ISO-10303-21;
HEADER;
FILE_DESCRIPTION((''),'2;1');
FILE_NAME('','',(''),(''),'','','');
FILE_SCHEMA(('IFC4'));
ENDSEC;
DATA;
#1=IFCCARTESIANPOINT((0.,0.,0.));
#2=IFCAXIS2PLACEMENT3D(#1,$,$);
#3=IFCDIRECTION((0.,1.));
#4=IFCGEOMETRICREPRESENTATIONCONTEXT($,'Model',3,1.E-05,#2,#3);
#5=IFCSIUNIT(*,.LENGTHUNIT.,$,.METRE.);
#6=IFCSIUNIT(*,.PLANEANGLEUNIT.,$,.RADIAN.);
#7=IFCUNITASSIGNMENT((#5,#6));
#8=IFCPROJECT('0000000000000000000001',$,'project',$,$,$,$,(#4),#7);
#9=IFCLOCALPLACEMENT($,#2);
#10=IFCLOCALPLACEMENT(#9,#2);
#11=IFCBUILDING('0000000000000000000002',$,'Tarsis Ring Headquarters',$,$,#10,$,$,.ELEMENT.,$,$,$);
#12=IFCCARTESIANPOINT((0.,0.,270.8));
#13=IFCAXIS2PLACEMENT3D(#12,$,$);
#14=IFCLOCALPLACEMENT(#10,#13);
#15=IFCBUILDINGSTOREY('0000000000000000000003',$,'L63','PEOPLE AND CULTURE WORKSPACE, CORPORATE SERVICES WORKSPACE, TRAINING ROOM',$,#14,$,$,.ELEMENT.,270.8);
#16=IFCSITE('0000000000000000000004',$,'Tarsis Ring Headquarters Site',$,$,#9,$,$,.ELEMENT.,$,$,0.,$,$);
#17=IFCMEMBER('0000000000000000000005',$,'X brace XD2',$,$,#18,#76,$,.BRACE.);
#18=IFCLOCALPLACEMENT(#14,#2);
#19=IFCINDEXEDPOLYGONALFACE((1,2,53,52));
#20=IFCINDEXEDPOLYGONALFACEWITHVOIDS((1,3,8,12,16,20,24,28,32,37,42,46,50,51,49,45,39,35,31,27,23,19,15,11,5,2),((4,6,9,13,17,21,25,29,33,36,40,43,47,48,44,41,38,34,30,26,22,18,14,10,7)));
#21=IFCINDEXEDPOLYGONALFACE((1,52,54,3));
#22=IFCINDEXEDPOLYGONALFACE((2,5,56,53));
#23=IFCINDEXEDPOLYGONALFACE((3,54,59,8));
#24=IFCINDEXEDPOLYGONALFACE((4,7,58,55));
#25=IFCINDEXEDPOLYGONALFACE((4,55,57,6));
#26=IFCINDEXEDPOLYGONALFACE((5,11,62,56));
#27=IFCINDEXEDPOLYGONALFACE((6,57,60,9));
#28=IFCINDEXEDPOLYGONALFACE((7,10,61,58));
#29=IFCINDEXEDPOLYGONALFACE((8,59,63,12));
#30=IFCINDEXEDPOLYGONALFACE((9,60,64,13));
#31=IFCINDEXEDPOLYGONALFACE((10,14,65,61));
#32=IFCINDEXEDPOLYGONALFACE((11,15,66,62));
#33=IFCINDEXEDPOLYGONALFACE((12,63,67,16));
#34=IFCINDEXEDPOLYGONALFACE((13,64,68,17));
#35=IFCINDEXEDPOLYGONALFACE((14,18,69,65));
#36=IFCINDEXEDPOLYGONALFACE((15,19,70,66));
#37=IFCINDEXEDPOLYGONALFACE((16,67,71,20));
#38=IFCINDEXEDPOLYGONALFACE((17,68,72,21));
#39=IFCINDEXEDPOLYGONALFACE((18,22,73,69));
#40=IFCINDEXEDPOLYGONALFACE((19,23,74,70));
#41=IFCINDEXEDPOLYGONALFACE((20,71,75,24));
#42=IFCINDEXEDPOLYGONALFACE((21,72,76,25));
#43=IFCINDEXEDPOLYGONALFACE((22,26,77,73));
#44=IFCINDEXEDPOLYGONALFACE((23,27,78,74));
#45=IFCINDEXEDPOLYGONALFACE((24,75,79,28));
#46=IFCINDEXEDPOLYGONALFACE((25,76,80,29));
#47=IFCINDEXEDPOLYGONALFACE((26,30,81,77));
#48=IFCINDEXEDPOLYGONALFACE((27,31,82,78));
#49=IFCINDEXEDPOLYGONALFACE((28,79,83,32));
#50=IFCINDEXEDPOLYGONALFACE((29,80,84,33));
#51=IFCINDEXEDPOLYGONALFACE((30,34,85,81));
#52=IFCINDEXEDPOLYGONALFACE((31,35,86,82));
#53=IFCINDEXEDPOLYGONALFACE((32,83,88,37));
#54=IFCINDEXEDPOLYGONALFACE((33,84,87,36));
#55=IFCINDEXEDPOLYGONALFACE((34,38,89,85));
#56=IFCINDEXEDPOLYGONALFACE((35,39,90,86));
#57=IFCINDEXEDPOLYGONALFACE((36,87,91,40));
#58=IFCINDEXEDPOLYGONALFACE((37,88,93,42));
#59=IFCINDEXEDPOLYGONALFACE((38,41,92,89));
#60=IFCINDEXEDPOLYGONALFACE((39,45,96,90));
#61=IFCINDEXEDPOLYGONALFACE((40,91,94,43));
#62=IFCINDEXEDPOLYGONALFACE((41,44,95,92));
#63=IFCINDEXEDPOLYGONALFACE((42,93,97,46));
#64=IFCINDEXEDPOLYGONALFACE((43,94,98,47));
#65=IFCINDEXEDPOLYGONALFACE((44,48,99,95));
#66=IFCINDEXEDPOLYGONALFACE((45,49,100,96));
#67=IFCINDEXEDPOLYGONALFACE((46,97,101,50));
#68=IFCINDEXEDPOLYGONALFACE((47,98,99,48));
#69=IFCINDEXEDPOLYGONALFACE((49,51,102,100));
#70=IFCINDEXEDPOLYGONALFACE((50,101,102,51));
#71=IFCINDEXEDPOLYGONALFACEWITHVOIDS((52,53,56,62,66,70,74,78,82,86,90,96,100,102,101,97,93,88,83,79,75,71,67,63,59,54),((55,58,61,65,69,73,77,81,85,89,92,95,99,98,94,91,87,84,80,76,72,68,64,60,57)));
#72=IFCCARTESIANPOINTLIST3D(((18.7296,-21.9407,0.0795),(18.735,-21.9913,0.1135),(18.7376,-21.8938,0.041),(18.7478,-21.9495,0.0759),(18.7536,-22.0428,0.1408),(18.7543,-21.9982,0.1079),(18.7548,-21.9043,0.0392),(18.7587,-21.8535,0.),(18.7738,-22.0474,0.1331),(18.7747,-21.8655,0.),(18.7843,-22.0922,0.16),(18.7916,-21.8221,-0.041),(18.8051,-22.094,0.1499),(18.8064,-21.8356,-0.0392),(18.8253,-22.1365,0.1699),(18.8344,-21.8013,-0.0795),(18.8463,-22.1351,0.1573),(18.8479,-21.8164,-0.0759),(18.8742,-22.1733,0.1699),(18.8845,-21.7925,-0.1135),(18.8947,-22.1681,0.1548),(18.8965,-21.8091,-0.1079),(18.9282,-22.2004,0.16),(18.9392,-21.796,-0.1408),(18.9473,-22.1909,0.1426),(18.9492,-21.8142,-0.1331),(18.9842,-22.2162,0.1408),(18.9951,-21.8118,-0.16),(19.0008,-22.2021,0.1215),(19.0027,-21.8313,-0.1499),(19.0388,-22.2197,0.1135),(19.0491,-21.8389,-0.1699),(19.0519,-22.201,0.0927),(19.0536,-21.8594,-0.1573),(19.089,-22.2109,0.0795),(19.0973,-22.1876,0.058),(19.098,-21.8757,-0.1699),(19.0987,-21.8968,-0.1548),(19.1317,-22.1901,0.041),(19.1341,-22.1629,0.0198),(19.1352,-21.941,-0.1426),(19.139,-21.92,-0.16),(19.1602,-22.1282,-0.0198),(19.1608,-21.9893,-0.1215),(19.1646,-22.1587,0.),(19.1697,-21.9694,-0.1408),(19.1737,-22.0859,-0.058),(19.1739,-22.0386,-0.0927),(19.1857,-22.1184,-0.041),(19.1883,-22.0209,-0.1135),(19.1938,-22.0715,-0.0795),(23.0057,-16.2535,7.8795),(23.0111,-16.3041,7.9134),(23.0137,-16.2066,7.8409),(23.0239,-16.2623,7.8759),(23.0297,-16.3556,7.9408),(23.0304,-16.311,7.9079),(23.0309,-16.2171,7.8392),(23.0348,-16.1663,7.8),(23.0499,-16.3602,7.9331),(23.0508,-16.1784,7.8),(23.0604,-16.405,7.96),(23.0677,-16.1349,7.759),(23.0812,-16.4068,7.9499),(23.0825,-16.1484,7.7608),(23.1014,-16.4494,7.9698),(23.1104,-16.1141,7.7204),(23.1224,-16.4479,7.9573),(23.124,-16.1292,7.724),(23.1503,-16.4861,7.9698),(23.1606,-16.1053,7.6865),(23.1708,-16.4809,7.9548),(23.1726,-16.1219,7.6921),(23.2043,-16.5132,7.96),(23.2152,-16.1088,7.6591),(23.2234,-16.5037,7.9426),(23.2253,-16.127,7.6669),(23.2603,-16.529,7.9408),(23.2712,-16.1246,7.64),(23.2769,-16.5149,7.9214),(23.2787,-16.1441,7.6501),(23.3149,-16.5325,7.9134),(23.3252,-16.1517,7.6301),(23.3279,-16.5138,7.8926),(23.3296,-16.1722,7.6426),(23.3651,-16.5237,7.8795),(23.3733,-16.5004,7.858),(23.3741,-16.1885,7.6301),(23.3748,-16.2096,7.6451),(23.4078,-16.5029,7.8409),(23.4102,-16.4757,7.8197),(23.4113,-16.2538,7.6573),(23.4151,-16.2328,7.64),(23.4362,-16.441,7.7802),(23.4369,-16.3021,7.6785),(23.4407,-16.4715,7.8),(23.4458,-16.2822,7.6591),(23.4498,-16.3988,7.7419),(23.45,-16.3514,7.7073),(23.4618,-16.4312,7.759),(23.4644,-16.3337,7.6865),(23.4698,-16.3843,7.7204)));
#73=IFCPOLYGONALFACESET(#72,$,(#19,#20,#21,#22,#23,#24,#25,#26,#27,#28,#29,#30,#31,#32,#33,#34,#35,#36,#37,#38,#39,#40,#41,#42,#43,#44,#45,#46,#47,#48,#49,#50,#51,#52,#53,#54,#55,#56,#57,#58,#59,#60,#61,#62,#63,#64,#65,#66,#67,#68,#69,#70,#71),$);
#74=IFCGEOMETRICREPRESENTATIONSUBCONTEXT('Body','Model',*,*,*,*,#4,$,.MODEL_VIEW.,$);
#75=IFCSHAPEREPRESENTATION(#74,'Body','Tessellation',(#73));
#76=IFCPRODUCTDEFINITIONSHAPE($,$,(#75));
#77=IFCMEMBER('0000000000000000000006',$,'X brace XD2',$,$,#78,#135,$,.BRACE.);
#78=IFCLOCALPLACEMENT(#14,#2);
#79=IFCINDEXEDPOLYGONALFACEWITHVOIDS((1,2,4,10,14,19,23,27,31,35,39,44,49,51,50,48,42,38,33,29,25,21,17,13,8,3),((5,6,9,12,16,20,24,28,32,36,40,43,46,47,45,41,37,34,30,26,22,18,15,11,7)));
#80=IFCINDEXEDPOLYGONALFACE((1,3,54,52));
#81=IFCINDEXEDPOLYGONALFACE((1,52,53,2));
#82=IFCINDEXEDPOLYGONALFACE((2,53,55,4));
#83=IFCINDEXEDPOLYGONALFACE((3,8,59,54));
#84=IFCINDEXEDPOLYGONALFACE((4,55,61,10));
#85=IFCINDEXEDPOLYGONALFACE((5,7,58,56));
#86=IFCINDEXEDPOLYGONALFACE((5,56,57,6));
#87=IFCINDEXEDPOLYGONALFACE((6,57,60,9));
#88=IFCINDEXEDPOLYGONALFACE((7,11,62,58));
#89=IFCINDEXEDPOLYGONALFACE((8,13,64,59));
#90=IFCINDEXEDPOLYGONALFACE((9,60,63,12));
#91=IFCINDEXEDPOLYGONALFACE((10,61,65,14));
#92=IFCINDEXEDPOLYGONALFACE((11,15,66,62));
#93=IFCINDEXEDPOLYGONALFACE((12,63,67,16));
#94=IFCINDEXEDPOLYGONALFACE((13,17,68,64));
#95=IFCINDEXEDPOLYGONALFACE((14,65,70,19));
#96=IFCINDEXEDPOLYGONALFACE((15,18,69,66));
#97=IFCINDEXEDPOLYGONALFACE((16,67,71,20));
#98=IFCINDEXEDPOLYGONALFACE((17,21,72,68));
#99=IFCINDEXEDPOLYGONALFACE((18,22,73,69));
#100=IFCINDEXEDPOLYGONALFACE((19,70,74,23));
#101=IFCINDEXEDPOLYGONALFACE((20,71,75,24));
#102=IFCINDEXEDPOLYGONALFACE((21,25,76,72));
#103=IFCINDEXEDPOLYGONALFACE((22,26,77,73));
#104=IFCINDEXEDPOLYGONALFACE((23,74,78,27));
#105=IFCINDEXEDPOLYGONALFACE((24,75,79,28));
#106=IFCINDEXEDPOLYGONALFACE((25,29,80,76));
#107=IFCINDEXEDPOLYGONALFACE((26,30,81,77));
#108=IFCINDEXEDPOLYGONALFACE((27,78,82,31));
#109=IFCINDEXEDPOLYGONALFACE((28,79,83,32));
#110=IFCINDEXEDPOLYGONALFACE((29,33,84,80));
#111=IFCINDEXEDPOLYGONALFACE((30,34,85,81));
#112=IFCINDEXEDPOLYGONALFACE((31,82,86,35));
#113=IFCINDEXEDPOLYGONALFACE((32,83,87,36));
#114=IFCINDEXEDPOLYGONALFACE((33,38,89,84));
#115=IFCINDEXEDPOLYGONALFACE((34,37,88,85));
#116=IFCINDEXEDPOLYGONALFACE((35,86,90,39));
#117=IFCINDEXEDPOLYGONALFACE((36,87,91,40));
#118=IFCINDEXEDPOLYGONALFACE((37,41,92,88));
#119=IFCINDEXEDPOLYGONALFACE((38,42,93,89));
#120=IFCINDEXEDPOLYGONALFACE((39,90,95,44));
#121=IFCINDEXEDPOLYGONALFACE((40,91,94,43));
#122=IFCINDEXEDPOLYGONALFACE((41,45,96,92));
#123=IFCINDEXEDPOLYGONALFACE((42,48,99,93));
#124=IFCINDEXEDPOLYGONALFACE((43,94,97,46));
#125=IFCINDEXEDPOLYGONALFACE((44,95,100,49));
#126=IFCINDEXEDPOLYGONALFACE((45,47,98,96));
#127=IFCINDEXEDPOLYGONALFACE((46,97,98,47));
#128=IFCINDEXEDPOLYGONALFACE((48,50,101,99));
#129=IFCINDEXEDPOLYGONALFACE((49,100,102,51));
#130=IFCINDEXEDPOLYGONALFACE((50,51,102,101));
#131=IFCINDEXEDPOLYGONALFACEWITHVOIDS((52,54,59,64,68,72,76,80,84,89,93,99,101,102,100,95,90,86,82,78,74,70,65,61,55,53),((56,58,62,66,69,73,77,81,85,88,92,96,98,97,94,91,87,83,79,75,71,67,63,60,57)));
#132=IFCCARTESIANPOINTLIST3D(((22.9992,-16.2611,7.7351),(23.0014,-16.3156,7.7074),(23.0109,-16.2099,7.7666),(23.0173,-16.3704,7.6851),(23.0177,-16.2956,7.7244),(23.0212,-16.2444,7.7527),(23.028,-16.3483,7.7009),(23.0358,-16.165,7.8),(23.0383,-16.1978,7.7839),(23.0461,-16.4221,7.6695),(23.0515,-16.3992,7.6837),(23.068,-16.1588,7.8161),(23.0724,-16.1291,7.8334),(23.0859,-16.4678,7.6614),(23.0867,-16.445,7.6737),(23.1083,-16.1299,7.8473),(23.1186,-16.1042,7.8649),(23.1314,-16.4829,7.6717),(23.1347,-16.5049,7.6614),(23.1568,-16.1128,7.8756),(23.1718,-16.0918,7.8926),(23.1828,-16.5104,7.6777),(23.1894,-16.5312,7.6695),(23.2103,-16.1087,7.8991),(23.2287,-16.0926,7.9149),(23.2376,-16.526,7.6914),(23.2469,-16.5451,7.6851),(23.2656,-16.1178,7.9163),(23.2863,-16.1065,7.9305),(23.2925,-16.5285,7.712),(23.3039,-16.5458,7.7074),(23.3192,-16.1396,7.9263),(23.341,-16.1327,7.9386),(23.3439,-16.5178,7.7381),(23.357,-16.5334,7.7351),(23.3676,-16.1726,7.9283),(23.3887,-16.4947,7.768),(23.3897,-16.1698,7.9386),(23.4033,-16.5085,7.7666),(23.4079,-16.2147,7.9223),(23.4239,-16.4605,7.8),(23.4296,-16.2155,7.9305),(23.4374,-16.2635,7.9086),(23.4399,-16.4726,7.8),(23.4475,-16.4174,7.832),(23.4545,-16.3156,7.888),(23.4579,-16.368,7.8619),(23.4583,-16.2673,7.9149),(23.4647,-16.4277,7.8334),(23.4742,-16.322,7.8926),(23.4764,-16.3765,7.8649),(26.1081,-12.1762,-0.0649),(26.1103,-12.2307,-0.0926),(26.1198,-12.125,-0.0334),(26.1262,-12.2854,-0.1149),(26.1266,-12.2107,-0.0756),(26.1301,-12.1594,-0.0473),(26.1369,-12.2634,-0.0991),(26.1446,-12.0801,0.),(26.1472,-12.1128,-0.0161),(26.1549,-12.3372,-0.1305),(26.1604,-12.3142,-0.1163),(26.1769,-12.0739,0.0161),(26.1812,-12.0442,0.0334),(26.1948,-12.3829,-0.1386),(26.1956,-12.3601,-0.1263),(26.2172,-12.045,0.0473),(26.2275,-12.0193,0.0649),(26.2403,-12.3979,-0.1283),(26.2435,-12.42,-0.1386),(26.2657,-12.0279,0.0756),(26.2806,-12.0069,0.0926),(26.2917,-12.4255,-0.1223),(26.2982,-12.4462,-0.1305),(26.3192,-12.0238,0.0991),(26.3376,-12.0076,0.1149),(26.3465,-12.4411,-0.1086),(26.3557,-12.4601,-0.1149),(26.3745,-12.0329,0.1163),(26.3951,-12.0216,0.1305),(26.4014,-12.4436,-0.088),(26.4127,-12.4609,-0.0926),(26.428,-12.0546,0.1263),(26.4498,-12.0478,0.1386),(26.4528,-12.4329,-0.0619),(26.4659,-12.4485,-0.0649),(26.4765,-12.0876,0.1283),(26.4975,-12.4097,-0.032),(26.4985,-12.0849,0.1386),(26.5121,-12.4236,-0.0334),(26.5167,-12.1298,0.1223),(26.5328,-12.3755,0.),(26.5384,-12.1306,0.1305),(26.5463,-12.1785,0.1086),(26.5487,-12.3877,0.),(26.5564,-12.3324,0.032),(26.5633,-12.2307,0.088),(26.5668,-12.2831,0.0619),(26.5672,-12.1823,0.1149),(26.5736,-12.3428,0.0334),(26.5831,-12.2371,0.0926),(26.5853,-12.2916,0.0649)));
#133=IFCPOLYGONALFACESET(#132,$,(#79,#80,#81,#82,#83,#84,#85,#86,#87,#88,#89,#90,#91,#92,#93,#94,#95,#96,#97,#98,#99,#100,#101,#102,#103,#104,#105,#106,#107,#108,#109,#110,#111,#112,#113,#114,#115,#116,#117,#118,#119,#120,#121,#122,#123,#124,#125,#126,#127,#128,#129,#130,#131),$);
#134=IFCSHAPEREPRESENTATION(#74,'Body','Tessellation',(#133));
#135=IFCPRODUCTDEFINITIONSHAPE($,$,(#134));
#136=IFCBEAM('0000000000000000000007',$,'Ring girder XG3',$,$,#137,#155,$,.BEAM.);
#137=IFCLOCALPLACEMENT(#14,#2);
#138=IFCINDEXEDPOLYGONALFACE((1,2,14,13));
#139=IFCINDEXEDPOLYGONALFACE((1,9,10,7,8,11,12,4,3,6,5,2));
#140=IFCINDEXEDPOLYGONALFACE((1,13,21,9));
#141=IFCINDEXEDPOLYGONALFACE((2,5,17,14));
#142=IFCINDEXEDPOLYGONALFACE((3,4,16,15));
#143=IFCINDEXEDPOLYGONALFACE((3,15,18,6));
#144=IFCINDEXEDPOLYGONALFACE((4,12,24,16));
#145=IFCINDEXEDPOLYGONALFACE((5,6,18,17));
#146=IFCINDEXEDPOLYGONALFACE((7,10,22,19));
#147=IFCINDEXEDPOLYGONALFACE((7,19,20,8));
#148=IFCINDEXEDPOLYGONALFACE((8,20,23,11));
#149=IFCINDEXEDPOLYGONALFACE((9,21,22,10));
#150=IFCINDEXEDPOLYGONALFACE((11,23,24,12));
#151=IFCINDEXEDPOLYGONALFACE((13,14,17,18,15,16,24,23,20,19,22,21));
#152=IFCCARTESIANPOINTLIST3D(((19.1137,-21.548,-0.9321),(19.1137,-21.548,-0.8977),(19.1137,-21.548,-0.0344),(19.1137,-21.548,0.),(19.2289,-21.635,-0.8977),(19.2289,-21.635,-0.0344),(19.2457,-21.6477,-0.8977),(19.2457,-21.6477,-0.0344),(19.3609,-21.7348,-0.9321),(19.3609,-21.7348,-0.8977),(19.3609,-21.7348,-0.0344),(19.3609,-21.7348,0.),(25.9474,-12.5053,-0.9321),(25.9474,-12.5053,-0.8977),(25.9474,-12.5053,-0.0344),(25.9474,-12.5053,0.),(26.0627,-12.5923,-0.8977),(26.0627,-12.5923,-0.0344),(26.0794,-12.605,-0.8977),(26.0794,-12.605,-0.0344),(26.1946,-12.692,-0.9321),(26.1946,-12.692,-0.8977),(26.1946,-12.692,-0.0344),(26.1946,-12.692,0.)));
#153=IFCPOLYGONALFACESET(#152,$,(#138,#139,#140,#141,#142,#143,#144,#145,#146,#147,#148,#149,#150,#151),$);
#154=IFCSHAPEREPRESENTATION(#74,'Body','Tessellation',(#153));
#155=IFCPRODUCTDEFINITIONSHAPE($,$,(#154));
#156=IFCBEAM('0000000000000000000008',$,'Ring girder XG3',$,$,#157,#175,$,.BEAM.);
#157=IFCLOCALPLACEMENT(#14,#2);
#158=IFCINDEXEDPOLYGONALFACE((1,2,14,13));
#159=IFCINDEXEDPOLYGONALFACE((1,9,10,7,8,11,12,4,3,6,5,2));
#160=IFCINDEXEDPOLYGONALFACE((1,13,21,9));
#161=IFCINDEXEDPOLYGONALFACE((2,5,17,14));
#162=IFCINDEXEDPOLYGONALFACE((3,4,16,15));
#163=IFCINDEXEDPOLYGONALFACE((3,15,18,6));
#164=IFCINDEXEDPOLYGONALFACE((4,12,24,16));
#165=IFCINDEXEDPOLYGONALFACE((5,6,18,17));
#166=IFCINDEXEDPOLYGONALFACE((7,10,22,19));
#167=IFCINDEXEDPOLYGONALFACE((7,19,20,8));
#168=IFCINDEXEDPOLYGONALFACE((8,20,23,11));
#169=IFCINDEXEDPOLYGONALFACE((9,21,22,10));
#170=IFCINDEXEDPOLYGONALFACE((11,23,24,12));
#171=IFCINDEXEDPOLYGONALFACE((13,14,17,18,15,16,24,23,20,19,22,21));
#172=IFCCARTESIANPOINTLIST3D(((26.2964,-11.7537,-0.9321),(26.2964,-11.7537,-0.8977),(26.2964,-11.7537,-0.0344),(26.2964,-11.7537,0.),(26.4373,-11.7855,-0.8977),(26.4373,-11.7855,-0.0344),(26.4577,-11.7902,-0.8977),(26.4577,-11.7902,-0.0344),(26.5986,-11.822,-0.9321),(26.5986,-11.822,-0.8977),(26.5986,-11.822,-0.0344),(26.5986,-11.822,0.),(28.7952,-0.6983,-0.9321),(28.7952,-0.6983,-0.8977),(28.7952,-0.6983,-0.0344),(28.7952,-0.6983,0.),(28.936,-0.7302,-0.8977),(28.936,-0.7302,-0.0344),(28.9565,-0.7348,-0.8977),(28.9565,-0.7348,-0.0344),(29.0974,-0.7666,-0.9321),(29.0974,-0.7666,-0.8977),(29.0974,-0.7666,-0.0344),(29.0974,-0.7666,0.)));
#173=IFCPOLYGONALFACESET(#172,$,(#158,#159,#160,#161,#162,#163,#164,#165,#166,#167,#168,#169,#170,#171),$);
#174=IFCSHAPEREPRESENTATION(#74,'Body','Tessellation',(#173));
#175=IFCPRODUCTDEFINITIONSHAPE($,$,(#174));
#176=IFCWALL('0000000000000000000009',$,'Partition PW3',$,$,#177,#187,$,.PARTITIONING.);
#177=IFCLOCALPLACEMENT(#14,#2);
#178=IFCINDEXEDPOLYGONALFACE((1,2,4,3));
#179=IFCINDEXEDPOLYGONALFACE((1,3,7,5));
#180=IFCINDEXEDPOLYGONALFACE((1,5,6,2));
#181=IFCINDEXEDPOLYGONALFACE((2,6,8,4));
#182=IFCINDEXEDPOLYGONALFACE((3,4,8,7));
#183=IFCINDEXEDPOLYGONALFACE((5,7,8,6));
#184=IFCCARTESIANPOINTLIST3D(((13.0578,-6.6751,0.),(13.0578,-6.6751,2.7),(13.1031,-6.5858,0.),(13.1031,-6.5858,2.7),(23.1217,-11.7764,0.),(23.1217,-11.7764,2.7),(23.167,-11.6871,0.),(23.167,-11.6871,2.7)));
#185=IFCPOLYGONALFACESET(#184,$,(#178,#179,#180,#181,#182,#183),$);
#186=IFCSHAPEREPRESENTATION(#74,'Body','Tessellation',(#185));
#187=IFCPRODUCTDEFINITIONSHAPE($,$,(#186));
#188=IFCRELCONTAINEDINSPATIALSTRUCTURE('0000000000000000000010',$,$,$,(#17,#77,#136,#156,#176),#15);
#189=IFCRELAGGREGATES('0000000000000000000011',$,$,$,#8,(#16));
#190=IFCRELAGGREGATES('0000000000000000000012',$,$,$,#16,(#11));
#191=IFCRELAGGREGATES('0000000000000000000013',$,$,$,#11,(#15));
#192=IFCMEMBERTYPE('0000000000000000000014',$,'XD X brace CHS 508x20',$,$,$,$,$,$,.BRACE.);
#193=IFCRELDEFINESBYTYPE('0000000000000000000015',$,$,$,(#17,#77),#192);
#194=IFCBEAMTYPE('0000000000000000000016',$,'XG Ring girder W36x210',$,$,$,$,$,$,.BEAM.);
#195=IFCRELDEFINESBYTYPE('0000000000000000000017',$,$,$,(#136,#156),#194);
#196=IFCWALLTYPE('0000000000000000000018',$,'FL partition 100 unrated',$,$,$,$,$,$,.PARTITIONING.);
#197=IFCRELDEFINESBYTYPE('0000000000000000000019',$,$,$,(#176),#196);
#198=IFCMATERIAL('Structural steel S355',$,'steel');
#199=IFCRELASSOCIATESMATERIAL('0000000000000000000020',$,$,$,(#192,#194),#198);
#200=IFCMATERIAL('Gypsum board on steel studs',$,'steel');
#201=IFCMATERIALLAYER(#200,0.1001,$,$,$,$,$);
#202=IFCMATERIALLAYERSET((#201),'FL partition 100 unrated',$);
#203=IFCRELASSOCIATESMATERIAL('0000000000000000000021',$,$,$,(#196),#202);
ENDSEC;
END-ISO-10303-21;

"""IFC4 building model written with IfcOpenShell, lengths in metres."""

from ifc_helpers import new_model, si_unit, direction, frame, frame_2d, origin, origin_2d, place, context, subcontext, project, spatial, rectangle, hollow_circle, i_section, extrude, material, layer, layer_set, material_profile, profile_set, type_object, element, save


model = new_model("IFC4")

# Units and contexts
model_context = context("Model", 3, precision=1e-05, world=origin(), true_north=direction((0.0, 1.0)))
body_context = subcontext(model_context, "Body", "Model", "MODEL_VIEW")
ifc_project = project(units=[si_unit("LENGTHUNIT", "METRE"), si_unit("PLANEANGLEUNIT", "RADIAN")], contexts=[model_context])

# Site, building, storey
site_placement = place(None, origin())
site = spatial("IfcSite", under=ifc_project, at=site_placement, Name="Tarsis Ring Headquarters Site", CompositionType="ELEMENT", RefElevation=0.0)
building_placement = place(site_placement, origin())
building = spatial("IfcBuilding", under=site, at=building_placement, Name="Tarsis Ring Headquarters", CompositionType="ELEMENT")
storey_placement = place(building_placement, frame((0.0, 0.0, 270.8)))
storey = spatial("IfcBuildingStorey", under=building, at=storey_placement, Name="L63", Description="PEOPLE AND CULTURE WORKSPACE, CORPORATE SERVICES WORKSPACE, TRAINING ROOM", CompositionType="ELEMENT", Elevation=270.8)

# Shared definitions
ifc_material_1 = material(Name="Structural steel S355", Category="steel")

# Members
ifc_material_profile_1 = material_profile(ifc_material_1, hollow_circle(Radius=0.2539, WallThickness=0.02, at=origin_2d()), Name="CHS 508x20")
ifc_profile_set_1 = profile_set([ifc_material_profile_1], Name="Structural steel S355")
member_type = type_object("IfcMemberType", Name="XD X brace CHS 508x20", PredefinedType="BRACE", material=ifc_profile_set_1)
member_1_placement = place(storey_placement, frame((18.9617, -22.0061, 0.0), z_axis=(0.405014, 0.538669, 0.738783), x_axis=(-0.799279, 0.60096, 0.0)))
element("IfcMember", 1, at=member_1_placement, inside=storey, type_object=member_type, Name="X brace XD2", PredefinedType="BRACE", context=body_context, shape_type="SweptSolid", body=[
    extrude(hollow_circle(Radius=0.2539, WallThickness=0.02, at=origin_2d()), origin(), (0.0, 0.0, 1.0), 10.5579),
])
member_2_placement = place(storey_placement, frame((26.3467, -12.2339, 0.0), z_axis=(-0.332939, -0.437469, 0.835328), x_axis=(0.795757, -0.605616, 0.0)))
element("IfcMember", 2, at=member_2_placement, inside=storey, type_object=member_type, Name="X brace XD2", PredefinedType="BRACE", context=body_context, shape_type="SweptSolid", body=[
    extrude(hollow_circle(Radius=0.2539, WallThickness=0.02, at=origin_2d()), origin(), (0.0, 0.0, 1.0), 9.3376),
])

# Beams
ifc_material_profile_2 = material_profile(ifc_material_1, i_section(OverallWidth=0.3098, OverallDepth=0.9321, WebThickness=0.021, FlangeThickness=0.0344, at=origin_2d()), Name="W36x210")
ifc_profile_set_2 = profile_set([ifc_material_profile_2], Name="Structural steel S355")
beam_type = type_object("IfcBeamType", Name="XG Ring girder W36x210", PredefinedType="BEAM", material=ifc_profile_set_2)
beam_1_placement = place(storey_placement, frame((19.2373, -21.6414, -0.4661), z_axis=(0.602915, 0.797805, 0.0), x_axis=(-0.797805, 0.602915, 0.0)))
element("IfcBeam", 3, at=beam_1_placement, inside=storey, type_object=beam_type, Name="Ring girder XG3", PredefinedType="BEAM", context=body_context, shape_type="SweptSolid", body=[
    extrude(i_section(OverallWidth=0.3098, OverallDepth=0.9321, WebThickness=0.021, FlangeThickness=0.0344, at=origin_2d()), origin(), (0.0, 0.0, 1.0), 11.3345),
])
beam_2_placement = place(storey_placement, frame((26.4475, -11.7878, -0.4661), z_axis=(0.220462, 0.975396, 0.0), x_axis=(-0.975396, 0.220462, 0.0)))
element("IfcBeam", 4, at=beam_2_placement, inside=storey, type_object=beam_type, Name="Ring girder XG3", PredefinedType="BEAM", context=body_context, shape_type="SweptSolid", body=[
    extrude(i_section(OverallWidth=0.3098, OverallDepth=0.9321, WebThickness=0.021, FlangeThickness=0.0344, at=origin_2d()), origin(), (0.0, 0.0, 1.0), 11.3342),
])

# Wall
ifc_material_2 = material(Name="Gypsum board on steel studs", Category="steel")
ifc_layer_1 = layer(ifc_material_2, 0.1001)
ifc_layer_set_1 = layer_set([ifc_layer_1], Name="FL partition 100 unrated")
wall_type_1 = type_object("IfcWallType", Name="FL partition 100 unrated", PredefinedType="PARTITIONING", material=ifc_layer_set_1)
wall_1_placement = place(storey_placement, frame((13.0803, -6.6304, 0.0), z_axis=(0.0, 0.0, 1.0), x_axis=(0.891956, -0.452123, 0.0)))
element("IfcWall", 5, at=wall_1_placement, inside=storey, type_object=wall_type_1, Name="Partition PW3", PredefinedType="PARTITIONING", context=body_context, shape_type="SweptSolid", body=[
    extrude(rectangle(XDim=11.283, YDim=0.1001, at=frame_2d((5.6416, 0.0))), origin(), (0.0, 0.0, 1.0), 2.7),
])

save(model, "model.ifc")
